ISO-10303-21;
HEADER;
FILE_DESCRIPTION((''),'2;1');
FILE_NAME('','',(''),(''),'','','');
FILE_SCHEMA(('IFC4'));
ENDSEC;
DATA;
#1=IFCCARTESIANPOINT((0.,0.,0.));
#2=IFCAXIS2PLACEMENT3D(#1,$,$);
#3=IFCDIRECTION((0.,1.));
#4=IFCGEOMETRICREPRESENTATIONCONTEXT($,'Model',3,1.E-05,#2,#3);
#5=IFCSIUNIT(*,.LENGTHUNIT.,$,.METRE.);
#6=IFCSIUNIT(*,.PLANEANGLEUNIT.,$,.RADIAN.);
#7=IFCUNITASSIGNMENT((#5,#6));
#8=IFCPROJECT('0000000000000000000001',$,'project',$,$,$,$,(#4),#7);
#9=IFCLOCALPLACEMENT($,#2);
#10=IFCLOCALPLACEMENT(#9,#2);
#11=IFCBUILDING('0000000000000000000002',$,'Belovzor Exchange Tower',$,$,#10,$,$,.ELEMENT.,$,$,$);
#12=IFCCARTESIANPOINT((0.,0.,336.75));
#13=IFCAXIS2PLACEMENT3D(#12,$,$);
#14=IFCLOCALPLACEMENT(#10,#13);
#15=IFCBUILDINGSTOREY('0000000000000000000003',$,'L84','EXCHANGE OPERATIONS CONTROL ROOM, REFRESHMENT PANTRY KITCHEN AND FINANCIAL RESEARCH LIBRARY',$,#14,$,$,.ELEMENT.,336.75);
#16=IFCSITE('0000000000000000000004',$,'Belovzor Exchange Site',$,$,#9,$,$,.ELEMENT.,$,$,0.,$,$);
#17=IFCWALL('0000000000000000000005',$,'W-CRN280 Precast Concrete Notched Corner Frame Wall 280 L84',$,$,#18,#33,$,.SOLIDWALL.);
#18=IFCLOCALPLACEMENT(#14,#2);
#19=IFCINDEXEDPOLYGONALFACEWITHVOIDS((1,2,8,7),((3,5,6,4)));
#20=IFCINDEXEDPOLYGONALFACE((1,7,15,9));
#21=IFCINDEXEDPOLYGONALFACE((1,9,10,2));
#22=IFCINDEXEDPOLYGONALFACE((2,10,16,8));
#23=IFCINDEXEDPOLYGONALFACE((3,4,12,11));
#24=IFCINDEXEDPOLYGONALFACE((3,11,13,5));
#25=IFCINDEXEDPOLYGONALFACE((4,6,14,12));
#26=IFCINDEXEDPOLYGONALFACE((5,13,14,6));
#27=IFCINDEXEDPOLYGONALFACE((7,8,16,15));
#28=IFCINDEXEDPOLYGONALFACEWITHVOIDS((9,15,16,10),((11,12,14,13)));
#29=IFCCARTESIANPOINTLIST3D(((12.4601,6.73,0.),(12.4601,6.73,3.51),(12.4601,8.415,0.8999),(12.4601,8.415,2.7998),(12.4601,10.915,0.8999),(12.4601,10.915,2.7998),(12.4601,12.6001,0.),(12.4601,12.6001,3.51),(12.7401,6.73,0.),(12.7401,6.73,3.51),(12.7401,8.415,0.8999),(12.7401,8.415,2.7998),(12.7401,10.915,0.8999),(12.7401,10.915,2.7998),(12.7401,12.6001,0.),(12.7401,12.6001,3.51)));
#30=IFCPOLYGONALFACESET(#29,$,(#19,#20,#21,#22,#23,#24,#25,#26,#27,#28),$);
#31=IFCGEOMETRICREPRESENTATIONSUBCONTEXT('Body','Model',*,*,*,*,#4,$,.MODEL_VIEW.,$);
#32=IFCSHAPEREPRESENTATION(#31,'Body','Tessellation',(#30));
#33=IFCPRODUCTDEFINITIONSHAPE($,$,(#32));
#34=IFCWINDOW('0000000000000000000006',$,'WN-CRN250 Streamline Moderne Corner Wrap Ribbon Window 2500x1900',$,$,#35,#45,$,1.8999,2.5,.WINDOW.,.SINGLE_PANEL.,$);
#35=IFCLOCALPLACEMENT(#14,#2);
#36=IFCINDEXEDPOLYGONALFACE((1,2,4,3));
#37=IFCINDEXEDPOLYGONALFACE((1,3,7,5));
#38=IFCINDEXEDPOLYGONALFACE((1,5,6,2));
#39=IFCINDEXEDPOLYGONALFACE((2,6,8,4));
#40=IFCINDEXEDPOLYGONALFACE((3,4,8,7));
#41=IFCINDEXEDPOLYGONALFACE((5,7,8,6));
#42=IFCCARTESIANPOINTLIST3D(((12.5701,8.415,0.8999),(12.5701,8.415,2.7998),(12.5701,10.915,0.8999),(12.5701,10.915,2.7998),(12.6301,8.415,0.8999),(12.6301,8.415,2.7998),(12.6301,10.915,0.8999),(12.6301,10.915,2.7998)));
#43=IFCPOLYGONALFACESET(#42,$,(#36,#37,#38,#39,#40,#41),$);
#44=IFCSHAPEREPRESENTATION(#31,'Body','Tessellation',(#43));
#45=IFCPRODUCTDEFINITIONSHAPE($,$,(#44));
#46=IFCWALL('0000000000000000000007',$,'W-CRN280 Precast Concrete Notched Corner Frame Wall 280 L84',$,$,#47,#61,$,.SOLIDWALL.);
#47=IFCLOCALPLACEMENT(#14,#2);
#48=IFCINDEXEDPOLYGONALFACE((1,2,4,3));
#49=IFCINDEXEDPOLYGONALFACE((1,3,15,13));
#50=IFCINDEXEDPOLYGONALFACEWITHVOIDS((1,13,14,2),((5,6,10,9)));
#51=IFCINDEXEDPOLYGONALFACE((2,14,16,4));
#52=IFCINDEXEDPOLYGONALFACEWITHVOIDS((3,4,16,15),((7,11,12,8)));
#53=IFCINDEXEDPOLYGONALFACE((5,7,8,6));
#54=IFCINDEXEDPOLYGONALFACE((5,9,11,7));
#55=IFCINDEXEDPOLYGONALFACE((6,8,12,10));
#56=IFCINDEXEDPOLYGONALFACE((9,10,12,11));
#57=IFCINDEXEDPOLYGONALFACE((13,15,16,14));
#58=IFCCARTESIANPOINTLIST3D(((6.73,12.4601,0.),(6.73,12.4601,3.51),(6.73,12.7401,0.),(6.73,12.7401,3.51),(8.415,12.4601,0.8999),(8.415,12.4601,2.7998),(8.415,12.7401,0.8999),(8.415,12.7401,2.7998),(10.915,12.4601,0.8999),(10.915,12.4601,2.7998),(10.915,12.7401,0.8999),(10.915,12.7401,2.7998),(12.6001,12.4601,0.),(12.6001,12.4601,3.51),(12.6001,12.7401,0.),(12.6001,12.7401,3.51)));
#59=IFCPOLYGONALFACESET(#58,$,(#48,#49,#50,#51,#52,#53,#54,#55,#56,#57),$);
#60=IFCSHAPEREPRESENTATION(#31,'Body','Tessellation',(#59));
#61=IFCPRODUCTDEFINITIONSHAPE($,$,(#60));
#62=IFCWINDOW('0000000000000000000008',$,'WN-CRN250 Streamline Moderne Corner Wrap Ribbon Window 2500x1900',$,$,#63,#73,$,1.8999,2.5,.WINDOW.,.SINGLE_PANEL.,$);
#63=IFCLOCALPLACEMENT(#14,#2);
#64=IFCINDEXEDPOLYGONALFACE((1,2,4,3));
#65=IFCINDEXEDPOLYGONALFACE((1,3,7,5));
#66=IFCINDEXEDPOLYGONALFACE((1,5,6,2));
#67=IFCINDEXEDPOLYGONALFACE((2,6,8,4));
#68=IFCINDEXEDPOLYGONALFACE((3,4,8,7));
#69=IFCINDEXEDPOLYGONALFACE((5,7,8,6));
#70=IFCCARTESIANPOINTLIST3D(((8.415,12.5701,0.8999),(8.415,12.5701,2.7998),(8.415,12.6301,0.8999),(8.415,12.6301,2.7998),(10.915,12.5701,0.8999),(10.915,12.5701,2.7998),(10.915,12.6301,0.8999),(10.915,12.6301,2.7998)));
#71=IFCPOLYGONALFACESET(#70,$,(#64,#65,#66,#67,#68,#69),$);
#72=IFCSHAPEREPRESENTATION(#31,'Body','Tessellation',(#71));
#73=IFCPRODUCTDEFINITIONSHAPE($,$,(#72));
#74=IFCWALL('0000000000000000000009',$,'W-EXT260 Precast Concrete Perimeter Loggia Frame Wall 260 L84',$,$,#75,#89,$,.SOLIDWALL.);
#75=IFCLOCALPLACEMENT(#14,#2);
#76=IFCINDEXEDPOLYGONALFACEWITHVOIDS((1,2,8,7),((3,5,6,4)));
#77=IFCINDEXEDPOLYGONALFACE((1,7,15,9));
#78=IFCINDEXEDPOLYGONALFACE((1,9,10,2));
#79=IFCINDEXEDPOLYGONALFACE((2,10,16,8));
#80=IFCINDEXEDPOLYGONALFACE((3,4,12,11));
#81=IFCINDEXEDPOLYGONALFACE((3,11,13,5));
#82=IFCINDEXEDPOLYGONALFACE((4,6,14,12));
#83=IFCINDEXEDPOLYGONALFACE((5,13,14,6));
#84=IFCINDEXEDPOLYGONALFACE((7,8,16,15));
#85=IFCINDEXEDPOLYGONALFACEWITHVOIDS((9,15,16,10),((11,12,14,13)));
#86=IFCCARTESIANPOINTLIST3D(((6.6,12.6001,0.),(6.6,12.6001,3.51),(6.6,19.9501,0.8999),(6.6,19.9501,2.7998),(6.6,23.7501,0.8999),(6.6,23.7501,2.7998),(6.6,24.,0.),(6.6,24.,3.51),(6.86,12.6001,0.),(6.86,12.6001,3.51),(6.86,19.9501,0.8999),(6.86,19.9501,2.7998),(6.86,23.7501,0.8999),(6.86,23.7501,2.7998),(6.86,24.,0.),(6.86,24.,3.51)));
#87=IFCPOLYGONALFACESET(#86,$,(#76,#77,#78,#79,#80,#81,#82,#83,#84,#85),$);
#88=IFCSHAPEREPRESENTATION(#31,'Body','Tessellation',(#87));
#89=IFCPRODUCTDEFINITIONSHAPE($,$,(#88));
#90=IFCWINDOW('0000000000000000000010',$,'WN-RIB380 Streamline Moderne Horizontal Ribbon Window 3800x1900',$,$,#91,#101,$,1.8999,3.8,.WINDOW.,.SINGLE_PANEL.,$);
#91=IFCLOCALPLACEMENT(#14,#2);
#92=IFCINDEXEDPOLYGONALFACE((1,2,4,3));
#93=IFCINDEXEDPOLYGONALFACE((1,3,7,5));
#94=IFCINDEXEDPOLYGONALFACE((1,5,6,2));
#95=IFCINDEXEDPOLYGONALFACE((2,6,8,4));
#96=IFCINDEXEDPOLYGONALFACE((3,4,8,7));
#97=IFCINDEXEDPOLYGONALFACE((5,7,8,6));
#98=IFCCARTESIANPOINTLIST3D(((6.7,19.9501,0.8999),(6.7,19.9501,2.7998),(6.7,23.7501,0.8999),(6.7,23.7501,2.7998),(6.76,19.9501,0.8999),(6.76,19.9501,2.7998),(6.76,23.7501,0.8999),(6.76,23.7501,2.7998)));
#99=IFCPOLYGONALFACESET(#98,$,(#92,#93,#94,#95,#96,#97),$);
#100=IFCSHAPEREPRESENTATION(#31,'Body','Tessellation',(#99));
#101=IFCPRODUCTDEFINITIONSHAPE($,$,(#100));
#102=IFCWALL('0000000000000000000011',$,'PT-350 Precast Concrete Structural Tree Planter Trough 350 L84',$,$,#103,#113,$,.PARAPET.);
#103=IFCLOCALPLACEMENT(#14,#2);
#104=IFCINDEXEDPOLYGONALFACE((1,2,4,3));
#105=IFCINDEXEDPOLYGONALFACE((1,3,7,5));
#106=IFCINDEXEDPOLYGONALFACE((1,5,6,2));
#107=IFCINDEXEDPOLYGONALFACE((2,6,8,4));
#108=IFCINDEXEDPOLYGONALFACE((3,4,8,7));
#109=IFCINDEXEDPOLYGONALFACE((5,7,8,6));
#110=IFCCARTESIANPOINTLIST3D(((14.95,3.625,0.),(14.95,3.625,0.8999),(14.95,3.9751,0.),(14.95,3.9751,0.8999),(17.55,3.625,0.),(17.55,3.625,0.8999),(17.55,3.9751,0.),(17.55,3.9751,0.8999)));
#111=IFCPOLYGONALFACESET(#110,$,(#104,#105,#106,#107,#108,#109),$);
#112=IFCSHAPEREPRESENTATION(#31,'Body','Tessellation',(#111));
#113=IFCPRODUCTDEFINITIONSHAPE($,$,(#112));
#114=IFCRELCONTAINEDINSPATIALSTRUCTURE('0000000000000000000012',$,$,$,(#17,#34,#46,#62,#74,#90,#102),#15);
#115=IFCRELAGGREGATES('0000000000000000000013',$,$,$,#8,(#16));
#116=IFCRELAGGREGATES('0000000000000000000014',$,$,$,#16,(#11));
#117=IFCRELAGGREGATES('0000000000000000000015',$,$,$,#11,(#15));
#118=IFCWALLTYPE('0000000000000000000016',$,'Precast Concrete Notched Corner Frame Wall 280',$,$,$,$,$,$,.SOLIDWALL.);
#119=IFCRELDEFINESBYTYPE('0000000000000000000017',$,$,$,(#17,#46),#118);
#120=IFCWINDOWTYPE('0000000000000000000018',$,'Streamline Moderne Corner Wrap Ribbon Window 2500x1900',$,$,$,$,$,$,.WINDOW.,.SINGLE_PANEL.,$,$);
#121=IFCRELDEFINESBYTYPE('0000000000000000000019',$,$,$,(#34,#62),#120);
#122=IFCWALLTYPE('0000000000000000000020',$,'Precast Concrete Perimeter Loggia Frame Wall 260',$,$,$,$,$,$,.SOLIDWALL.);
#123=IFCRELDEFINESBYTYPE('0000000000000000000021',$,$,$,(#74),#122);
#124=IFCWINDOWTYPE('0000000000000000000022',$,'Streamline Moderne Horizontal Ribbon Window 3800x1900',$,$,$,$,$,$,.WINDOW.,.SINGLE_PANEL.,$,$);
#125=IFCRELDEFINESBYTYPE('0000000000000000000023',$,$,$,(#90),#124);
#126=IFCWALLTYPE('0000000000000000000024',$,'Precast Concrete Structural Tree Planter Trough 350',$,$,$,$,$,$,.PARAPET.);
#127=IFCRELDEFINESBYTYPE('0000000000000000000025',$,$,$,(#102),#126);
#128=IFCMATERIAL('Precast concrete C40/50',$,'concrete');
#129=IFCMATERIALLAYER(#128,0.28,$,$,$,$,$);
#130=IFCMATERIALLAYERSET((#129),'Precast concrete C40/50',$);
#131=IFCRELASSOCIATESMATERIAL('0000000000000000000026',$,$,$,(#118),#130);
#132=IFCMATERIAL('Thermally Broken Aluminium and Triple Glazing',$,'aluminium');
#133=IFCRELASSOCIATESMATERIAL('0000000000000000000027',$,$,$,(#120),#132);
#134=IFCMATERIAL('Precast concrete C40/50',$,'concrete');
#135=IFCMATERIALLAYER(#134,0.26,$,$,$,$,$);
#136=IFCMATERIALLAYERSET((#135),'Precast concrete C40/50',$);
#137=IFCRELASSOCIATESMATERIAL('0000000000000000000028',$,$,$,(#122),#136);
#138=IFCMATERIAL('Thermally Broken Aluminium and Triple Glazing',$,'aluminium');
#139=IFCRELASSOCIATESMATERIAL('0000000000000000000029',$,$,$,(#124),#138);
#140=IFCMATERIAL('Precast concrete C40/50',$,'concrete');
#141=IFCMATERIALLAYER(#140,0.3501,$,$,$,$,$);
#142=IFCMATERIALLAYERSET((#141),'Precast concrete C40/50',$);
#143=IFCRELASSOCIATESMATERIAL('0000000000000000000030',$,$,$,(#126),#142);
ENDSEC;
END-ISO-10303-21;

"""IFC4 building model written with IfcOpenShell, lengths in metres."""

from ifc_helpers import new_model, si_unit, direction, frame, frame_2d, origin, place, context, subcontext, project, spatial, rectangle, extrude, material, layer, layer_set, type_object, element, fill, save


model = new_model("IFC4")

# Units and contexts
model_context = context("Model", 3, precision=1e-05, world=origin(), true_north=direction((0.0, 1.0)))
body_context = subcontext(model_context, "Body", "Model", "MODEL_VIEW")
ifc_project = project(units=[si_unit("LENGTHUNIT", "METRE"), si_unit("PLANEANGLEUNIT", "RADIAN")], contexts=[model_context])

# Site, building, storey
site_placement = place(None, origin())
site = spatial("IfcSite", under=ifc_project, at=site_placement, Name="Belovzor Exchange Site", CompositionType="ELEMENT", RefElevation=0.0)
building_placement = place(site_placement, origin())
building = spatial("IfcBuilding", under=site, at=building_placement, Name="Belovzor Exchange Tower", CompositionType="ELEMENT")
storey_placement = place(building_placement, frame((0.0, 0.0, 336.75)))
storey = spatial("IfcBuildingStorey", under=building, at=storey_placement, Name="L84", Description="EXCHANGE OPERATIONS CONTROL ROOM, REFRESHMENT PANTRY KITCHEN AND FINANCIAL RESEARCH LIBRARY", CompositionType="ELEMENT", Elevation=336.75)

# Walls, openings, windows
ifc_material_1 = material(Name="Precast concrete C40/50", Category="concrete")
ifc_layer_1 = layer(ifc_material_1, 0.28)
ifc_layer_set_1 = layer_set([ifc_layer_1], Name="Precast concrete C40/50")
wall_type_1 = type_object("IfcWallType", Name="Precast Concrete Notched Corner Frame Wall 280", PredefinedType="SOLIDWALL", material=ifc_layer_set_1)
wall_1_placement = place(storey_placement, frame((12.6001, 6.73, 0.0), z_axis=(0.0, 0.0, 1.0), x_axis=(0.0, 1.0, 0.0)))
wall_1 = element("IfcWall", 1, at=wall_1_placement, inside=storey, type_object=wall_type_1, Name="W-CRN280 Precast Concrete Notched Corner Frame Wall 280 L84", PredefinedType="SOLIDWALL", context=body_context, shape_type="SweptSolid", body=[
    extrude(rectangle(XDim=5.8701, YDim=0.28, at=frame_2d((2.9351, 0.0))), origin(), (0.0, 0.0, 1.0), 3.51),
])
opening_1_placement = place(wall_1_placement, frame((1.6851, 0.0, 0.8999)))
opening_1 = element("IfcOpeningElement", 2, at=opening_1_placement, cuts=wall_1, PredefinedType="OPENING", context=body_context, shape_type="SweptSolid", body=[
    extrude(rectangle(XDim=2.5, YDim=1.8999, at=frame_2d((1.25, 0.95))), frame((0.0, 0.1499, 0.0), z_axis=(0.0, -1.0, 0.0), x_axis=(1.0, 0.0, 0.0)), (0.0, 0.0, 1.0), 0.3),
])
ifc_material_2 = material(Name="Thermally Broken Aluminium and Triple Glazing", Category="aluminium")
window_type_1 = type_object("IfcWindowType", Name="Streamline Moderne Corner Wrap Ribbon Window 2500x1900", PartitioningType="SINGLE_PANEL", PredefinedType="WINDOW", material=ifc_material_2)
window_1_placement = place(opening_1_placement, origin())
window_1 = element("IfcWindow", 3, at=window_1_placement, inside=storey, type_object=window_type_1, Name="WN-CRN250 Streamline Moderne Corner Wrap Ribbon Window 2500x1900", OverallHeight=1.8999, OverallWidth=2.5, PartitioningType="SINGLE_PANEL", PredefinedType="WINDOW", context=body_context, shape_type="SweptSolid", body=[
    extrude(rectangle(XDim=2.5, YDim=1.8999, at=frame_2d((1.25, 0.95))), frame((0.0, 0.03, 0.0), z_axis=(0.0, -1.0, 0.0), x_axis=(1.0, 0.0, 0.0)), (0.0, 0.0, 1.0), 0.0601),
])
fill(opening_1, window_1)
wall_2_placement = place(storey_placement, frame((12.6001, 12.6001, 0.0), z_axis=(0.0, 0.0, 1.0), x_axis=(-1.0, 0.0, 0.0)))
wall_2 = element("IfcWall", 4, at=wall_2_placement, inside=storey, type_object=wall_type_1, Name="W-CRN280 Precast Concrete Notched Corner Frame Wall 280 L84", PredefinedType="SOLIDWALL", context=body_context, shape_type="SweptSolid", body=[
    extrude(rectangle(XDim=5.8701, YDim=0.28, at=frame_2d((2.9351, 0.0))), origin(), (0.0, 0.0, 1.0), 3.51),
])
opening_2_placement = place(wall_2_placement, frame((1.6851, 0.0, 0.8999)))
opening_2 = element("IfcOpeningElement", 5, at=opening_2_placement, cuts=wall_2, PredefinedType="OPENING", context=body_context, shape_type="SweptSolid", body=[
    extrude(rectangle(XDim=2.5, YDim=1.8999, at=frame_2d((1.25, 0.95))), frame((0.0, 0.1499, 0.0), z_axis=(0.0, -1.0, 0.0), x_axis=(1.0, 0.0, 0.0)), (0.0, 0.0, 1.0), 0.3),
])
window_2_placement = place(opening_2_placement, origin())
window_2 = element("IfcWindow", 6, at=window_2_placement, inside=storey, type_object=window_type_1, Name="WN-CRN250 Streamline Moderne Corner Wrap Ribbon Window 2500x1900", OverallHeight=1.8999, OverallWidth=2.5, PartitioningType="SINGLE_PANEL", PredefinedType="WINDOW", context=body_context, shape_type="SweptSolid", body=[
    extrude(rectangle(XDim=2.5, YDim=1.8999, at=frame_2d((1.25, 0.95))), frame((0.0, 0.03, 0.0), z_axis=(0.0, -1.0, 0.0), x_axis=(1.0, 0.0, 0.0)), (0.0, 0.0, 1.0), 0.0601),
])
fill(opening_2, window_2)
ifc_material_3 = material(Name="Precast concrete C40/50", Category="concrete")
ifc_layer_2 = layer(ifc_material_3, 0.26)
ifc_layer_set_2 = layer_set([ifc_layer_2], Name="Precast concrete C40/50")
wall_type_2 = type_object("IfcWallType", Name="Precast Concrete Perimeter Loggia Frame Wall 260", PredefinedType="SOLIDWALL", material=ifc_layer_set_2)
wall_3_placement = place(storey_placement, frame((6.73, 12.6001, 0.0), z_axis=(0.0, 0.0, 1.0), x_axis=(0.0, 1.0, 0.0)))
wall_3 = element("IfcWall", 7, at=wall_3_placement, inside=storey, type_object=wall_type_2, Name="W-EXT260 Precast Concrete Perimeter Loggia Frame Wall 260 L84", PredefinedType="SOLIDWALL", context=body_context, shape_type="SweptSolid", body=[
    extrude(rectangle(XDim=11.3999, YDim=0.26, at=frame_2d((5.7, 0.0))), origin(), (0.0, 0.0, 1.0), 3.51),
])
opening_3_placement = place(wall_3_placement, frame((7.3501, 0.0, 0.8999)))
opening_3 = element("IfcOpeningElement", 8, at=opening_3_placement, cuts=wall_3, PredefinedType="OPENING", context=body_context, shape_type="SweptSolid", body=[
    extrude(rectangle(XDim=3.8, YDim=1.8999, at=frame_2d((1.8999, 0.95))), frame((0.0, 0.1399, 0.0), z_axis=(0.0, -1.0, 0.0), x_axis=(1.0, 0.0, 0.0)), (0.0, 0.0, 1.0), 0.28),
])
ifc_material_4 = material(Name="Thermally Broken Aluminium and Triple Glazing", Category="aluminium")
window_type_2 = type_object("IfcWindowType", Name="Streamline Moderne Horizontal Ribbon Window 3800x1900", PartitioningType="SINGLE_PANEL", PredefinedType="WINDOW", material=ifc_material_4)
window_3_placement = place(opening_3_placement, origin())
window_3 = element("IfcWindow", 9, at=window_3_placement, inside=storey, type_object=window_type_2, Name="WN-RIB380 Streamline Moderne Horizontal Ribbon Window 3800x1900", OverallHeight=1.8999, OverallWidth=3.8, PartitioningType="SINGLE_PANEL", PredefinedType="WINDOW", context=body_context, shape_type="SweptSolid", body=[
    extrude(rectangle(XDim=3.8, YDim=1.8999, at=frame_2d((1.8999, 0.95))), frame((0.0, 0.03, 0.0), z_axis=(0.0, -1.0, 0.0), x_axis=(1.0, 0.0, 0.0)), (0.0, 0.0, 1.0), 0.0601),
])
fill(opening_3, window_3)

# Wall
ifc_material_5 = material(Name="Precast concrete C40/50", Category="concrete")
ifc_layer_3 = layer(ifc_material_5, 0.3501)
ifc_layer_set_3 = layer_set([ifc_layer_3], Name="Precast concrete C40/50")
wall_type_3 = type_object("IfcWallType", Name="Precast Concrete Structural Tree Planter Trough 350", PredefinedType="PARAPET", material=ifc_layer_set_3)
wall_4_placement = place(storey_placement, frame((14.95, 3.8, 0.0), z_axis=(0.0, 0.0, 1.0), x_axis=(1.0, 0.0, 0.0)))
element("IfcWall", 10, at=wall_4_placement, inside=storey, type_object=wall_type_3, Name="PT-350 Precast Concrete Structural Tree Planter Trough 350 L84", PredefinedType="PARAPET", context=body_context, shape_type="SweptSolid", body=[
    extrude(rectangle(XDim=2.6001, YDim=0.3501, at=frame_2d((1.3, 0.0))), origin(), (0.0, 0.0, 1.0), 0.8999),
])

save(model, "model.ifc")
